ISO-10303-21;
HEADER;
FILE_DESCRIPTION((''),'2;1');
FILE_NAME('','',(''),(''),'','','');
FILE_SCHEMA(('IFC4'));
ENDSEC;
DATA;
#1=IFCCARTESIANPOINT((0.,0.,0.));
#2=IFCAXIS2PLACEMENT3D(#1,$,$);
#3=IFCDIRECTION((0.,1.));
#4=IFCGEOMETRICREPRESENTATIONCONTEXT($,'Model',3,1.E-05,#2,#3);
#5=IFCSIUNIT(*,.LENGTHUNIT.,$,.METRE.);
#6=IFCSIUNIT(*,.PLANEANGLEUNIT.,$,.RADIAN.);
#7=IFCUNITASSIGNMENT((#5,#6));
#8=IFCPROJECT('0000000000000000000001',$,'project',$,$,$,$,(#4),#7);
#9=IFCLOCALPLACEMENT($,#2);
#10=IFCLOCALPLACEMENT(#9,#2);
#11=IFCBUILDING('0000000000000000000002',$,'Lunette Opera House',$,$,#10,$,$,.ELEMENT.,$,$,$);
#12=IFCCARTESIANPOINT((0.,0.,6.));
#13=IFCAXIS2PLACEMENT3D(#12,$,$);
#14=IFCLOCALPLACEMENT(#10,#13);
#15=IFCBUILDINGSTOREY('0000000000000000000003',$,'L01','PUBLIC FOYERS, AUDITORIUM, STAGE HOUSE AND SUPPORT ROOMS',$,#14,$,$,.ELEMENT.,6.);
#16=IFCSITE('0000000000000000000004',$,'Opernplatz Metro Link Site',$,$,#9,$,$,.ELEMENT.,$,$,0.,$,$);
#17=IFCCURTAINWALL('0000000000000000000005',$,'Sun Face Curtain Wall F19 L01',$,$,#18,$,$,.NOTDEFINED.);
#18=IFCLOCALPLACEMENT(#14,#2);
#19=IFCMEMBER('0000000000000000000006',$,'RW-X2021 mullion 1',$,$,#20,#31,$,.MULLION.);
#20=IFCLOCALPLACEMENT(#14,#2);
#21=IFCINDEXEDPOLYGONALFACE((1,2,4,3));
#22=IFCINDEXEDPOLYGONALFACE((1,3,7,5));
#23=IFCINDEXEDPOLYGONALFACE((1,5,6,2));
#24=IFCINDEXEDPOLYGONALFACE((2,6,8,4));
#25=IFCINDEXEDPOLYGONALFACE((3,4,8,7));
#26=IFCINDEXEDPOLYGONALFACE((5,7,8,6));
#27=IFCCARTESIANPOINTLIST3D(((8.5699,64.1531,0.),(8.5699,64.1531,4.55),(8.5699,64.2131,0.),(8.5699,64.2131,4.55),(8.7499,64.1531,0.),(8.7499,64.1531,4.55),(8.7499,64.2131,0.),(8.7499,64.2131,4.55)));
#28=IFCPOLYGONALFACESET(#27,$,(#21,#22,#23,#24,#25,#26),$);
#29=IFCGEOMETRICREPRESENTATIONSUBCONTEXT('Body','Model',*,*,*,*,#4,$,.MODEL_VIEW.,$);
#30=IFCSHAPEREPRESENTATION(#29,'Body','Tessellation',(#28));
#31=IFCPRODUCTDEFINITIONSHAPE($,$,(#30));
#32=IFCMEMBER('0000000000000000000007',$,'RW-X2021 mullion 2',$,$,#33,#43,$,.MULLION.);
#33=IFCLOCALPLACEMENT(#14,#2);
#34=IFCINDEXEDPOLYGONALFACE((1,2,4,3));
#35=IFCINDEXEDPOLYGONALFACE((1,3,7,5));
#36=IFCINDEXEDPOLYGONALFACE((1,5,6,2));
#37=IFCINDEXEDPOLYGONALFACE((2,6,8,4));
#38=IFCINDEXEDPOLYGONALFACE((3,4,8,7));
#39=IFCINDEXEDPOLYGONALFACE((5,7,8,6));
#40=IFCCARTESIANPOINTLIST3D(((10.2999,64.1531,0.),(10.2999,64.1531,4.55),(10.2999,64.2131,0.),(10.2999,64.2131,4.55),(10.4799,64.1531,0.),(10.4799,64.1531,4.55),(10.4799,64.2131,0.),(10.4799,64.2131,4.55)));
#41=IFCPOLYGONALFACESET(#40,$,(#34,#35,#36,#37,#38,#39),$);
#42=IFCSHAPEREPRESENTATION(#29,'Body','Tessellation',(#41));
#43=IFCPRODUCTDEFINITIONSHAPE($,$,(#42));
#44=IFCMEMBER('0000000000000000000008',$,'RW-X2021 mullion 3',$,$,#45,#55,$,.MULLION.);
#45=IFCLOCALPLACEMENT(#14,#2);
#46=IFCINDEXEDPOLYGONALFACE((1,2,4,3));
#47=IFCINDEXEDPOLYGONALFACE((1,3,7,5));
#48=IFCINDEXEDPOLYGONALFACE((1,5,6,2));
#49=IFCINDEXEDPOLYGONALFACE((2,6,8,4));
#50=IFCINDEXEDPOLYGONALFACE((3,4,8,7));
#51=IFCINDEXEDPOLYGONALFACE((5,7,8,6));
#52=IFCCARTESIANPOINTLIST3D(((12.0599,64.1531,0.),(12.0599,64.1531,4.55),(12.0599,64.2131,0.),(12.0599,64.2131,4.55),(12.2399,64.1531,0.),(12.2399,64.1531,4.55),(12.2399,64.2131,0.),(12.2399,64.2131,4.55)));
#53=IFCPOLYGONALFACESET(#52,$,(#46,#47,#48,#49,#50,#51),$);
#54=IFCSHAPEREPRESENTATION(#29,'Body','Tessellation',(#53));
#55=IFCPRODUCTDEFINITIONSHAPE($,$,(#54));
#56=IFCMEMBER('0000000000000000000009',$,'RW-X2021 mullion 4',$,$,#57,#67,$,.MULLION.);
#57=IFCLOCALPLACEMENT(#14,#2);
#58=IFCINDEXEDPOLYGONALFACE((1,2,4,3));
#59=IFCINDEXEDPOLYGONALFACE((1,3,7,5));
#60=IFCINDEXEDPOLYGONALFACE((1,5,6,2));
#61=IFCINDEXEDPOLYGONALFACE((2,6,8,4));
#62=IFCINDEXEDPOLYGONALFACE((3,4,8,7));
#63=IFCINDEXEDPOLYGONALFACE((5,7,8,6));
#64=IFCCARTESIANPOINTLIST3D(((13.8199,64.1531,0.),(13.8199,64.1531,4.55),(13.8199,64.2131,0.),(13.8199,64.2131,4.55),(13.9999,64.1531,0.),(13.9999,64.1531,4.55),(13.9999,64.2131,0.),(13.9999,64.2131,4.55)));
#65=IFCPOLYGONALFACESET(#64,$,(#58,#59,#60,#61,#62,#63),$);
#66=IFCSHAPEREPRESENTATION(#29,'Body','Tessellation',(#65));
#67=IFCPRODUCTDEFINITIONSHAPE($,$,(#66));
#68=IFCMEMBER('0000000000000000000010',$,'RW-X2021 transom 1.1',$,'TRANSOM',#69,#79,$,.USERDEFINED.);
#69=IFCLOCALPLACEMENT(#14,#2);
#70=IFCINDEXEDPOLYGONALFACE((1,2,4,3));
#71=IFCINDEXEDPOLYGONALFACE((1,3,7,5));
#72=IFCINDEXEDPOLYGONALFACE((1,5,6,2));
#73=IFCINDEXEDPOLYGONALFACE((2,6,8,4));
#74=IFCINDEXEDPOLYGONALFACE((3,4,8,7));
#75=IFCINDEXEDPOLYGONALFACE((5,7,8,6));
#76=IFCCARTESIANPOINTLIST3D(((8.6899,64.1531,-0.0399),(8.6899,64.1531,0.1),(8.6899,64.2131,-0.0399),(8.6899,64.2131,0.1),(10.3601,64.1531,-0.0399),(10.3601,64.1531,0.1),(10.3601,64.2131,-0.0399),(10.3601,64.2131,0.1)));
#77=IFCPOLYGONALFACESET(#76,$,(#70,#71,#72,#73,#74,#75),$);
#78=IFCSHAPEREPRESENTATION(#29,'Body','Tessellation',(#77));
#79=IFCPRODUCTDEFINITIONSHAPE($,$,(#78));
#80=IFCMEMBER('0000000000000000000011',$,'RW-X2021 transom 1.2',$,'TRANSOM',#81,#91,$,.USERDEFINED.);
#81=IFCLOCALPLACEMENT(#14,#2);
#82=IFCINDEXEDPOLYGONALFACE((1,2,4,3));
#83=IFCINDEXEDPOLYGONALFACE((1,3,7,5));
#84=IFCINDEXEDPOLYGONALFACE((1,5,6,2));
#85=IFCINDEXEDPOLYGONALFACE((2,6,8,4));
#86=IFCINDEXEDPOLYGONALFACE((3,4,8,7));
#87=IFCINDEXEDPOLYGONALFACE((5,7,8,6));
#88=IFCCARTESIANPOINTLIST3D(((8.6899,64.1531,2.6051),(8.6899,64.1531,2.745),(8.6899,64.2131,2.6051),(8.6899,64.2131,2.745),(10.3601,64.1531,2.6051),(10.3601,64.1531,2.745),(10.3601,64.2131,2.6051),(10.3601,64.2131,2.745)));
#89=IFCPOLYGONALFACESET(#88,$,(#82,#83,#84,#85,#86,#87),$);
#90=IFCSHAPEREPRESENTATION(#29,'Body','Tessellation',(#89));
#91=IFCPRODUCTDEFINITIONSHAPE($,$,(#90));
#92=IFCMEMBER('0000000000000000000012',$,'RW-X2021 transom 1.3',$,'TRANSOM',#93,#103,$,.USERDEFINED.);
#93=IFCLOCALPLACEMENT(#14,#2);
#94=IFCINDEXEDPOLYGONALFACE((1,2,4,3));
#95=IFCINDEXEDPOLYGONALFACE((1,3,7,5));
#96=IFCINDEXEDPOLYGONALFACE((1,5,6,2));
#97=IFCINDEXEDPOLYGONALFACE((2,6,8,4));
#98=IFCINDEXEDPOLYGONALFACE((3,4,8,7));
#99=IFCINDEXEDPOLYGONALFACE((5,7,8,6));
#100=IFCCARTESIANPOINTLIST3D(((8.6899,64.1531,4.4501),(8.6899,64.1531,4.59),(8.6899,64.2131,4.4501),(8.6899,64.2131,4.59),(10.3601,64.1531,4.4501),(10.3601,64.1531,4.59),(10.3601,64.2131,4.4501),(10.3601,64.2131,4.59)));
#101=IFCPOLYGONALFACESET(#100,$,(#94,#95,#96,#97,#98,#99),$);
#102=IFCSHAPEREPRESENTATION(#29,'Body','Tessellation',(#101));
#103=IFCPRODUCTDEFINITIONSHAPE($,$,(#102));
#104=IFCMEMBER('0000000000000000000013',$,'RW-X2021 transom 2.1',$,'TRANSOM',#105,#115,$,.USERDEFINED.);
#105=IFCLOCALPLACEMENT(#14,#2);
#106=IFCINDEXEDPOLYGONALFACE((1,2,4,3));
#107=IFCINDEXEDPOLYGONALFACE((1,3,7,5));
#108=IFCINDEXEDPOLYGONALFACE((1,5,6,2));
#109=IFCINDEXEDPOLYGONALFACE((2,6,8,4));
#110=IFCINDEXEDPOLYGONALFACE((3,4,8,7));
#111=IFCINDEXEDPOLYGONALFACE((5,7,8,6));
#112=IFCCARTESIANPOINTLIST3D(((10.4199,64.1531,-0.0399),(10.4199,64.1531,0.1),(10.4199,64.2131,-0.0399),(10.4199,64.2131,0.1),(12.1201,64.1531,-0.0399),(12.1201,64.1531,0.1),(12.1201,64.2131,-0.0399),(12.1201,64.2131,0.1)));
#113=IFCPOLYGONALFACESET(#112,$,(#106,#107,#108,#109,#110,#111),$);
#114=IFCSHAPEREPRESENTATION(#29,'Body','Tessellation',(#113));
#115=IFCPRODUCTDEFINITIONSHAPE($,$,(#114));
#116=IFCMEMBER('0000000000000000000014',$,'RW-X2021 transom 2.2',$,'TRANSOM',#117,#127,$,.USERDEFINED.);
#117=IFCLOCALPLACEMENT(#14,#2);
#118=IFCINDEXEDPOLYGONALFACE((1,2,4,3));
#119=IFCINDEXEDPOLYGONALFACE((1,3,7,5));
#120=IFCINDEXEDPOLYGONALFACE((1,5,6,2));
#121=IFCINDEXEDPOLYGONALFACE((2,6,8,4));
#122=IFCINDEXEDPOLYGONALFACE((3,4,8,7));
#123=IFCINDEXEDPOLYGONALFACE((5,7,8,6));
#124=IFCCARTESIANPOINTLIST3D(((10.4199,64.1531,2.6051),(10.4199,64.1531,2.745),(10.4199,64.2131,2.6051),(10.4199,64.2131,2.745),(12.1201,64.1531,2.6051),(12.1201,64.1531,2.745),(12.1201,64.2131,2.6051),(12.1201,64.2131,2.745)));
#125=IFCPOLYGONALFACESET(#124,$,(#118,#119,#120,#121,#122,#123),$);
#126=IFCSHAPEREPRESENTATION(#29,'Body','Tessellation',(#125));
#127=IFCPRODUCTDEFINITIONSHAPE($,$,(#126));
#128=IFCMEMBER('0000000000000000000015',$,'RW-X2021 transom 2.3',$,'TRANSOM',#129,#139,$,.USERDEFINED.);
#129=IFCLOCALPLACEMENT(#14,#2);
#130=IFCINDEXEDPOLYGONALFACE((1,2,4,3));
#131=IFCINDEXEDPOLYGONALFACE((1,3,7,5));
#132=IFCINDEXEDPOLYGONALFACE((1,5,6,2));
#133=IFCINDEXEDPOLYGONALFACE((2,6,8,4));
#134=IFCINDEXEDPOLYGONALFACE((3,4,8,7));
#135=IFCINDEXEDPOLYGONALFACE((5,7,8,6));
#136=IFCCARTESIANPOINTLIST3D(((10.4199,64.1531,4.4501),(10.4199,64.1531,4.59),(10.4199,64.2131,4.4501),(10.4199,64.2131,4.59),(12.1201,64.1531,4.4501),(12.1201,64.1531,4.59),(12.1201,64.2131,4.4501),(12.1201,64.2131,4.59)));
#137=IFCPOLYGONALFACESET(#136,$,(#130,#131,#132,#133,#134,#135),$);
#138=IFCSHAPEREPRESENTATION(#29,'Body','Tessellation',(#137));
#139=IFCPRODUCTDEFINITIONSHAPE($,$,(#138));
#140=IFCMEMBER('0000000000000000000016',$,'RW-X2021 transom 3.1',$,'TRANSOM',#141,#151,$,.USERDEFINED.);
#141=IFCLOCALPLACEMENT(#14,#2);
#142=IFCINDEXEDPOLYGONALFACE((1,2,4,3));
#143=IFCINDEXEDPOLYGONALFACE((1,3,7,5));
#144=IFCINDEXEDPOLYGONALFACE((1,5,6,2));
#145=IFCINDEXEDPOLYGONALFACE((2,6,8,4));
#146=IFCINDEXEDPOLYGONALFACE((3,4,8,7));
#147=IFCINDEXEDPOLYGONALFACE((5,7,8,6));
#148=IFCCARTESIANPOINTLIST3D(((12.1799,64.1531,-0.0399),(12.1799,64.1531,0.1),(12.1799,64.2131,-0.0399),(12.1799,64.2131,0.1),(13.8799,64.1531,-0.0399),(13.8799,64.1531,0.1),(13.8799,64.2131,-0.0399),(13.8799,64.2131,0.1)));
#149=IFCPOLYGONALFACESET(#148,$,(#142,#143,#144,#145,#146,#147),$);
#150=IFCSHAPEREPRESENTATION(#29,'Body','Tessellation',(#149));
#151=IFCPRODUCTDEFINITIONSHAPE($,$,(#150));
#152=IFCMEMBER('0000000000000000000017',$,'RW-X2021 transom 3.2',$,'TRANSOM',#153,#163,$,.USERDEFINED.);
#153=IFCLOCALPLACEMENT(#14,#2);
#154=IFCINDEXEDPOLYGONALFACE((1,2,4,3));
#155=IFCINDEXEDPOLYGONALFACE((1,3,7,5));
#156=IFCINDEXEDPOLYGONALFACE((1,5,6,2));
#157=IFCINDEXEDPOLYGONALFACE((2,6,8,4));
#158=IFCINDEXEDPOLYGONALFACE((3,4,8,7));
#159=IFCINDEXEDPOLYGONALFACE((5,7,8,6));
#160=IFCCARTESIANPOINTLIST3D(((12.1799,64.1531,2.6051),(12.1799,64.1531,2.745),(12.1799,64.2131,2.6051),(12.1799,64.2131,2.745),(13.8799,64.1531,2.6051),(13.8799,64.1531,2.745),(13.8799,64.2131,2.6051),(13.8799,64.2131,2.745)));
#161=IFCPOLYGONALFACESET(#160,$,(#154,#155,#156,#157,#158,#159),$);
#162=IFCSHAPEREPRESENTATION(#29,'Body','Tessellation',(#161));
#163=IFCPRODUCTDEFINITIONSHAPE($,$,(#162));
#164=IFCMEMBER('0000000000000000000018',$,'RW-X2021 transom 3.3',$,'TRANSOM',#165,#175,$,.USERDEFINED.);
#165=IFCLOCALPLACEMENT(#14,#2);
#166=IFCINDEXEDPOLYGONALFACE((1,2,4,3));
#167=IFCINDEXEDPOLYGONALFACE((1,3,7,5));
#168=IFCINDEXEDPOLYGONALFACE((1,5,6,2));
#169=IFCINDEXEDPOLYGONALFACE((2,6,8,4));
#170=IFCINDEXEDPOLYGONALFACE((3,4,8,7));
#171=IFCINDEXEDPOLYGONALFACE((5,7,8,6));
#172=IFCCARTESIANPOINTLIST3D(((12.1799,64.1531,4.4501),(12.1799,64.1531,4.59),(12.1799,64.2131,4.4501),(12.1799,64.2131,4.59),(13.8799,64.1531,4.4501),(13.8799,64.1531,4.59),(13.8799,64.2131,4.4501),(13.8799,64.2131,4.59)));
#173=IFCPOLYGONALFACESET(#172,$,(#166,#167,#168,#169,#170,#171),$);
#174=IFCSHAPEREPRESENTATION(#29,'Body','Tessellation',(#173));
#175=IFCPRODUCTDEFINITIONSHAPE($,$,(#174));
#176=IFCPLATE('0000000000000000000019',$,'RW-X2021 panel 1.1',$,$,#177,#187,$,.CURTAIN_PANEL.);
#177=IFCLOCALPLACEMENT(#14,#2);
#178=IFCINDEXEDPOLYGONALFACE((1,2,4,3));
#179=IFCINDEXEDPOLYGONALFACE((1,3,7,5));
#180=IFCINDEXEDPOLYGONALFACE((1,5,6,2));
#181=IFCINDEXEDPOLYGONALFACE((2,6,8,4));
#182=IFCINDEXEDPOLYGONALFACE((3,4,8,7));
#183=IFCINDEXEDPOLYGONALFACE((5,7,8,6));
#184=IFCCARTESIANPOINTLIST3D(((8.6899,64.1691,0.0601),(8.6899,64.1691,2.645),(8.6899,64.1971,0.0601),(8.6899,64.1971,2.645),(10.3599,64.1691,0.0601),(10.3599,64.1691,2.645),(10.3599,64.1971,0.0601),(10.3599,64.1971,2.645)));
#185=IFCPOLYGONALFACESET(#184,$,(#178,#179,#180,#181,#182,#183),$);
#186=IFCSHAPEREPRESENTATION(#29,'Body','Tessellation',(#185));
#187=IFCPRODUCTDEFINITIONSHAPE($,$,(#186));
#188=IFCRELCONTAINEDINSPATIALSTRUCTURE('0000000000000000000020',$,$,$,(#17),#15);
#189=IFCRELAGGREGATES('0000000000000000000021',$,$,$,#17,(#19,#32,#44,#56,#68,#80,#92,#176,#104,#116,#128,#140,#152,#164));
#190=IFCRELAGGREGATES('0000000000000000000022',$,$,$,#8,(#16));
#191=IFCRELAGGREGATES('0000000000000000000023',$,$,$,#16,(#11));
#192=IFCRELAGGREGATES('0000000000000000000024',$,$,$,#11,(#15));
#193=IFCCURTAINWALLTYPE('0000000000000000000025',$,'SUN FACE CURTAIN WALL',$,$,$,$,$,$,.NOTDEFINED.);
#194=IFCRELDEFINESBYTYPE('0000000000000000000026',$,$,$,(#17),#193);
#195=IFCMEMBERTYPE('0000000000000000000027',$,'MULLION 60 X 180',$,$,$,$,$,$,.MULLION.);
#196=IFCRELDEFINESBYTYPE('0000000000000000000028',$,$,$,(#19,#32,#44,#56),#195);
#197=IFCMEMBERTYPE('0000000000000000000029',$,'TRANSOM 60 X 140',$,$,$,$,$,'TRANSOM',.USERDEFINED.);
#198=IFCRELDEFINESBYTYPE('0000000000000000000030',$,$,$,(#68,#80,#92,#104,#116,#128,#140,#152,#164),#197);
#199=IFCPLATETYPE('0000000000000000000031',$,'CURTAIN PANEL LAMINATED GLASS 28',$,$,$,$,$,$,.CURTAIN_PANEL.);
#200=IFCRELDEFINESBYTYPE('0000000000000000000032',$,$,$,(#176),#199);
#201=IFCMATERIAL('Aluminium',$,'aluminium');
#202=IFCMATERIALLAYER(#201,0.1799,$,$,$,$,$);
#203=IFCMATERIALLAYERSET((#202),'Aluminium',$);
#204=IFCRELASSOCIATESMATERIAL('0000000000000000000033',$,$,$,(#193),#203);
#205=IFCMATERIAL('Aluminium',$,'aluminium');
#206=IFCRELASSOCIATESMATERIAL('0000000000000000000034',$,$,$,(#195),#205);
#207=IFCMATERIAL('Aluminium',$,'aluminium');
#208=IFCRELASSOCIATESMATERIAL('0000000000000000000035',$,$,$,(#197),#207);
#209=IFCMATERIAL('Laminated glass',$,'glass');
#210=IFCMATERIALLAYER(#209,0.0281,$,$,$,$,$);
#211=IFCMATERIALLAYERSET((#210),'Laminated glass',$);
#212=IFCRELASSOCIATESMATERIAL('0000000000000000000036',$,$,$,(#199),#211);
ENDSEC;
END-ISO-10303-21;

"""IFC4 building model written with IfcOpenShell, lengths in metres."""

from ifc_helpers import new_model, si_unit, direction, frame, origin, origin_2d, place, context, subcontext, project, spatial, rectangle, extrude, material, layer, layer_set, material_profile, profile_set, type_object, element, aggregate, save


model = new_model("IFC4")

# Units and contexts
model_context = context("Model", 3, precision=1e-05, world=origin(), true_north=direction((0.0, 1.0)))
body_context = subcontext(model_context, "Body", "Model", "MODEL_VIEW")
ifc_project = project(units=[si_unit("LENGTHUNIT", "METRE"), si_unit("PLANEANGLEUNIT", "RADIAN")], contexts=[model_context])

# Site, building, storey
site_placement = place(None, origin())
site = spatial("IfcSite", under=ifc_project, at=site_placement, Name="Opernplatz Metro Link Site", CompositionType="ELEMENT", RefElevation=0.0)
building_placement = place(site_placement, origin())
building = spatial("IfcBuilding", under=site, at=building_placement, Name="Lunette Opera House", CompositionType="ELEMENT")
storey_placement = place(building_placement, frame((0.0, 0.0, 6.0)))
storey = spatial("IfcBuildingStorey", under=building, at=storey_placement, Name="L01", Description="PUBLIC FOYERS, AUDITORIUM, STAGE HOUSE AND SUPPORT ROOMS", CompositionType="ELEMENT", Elevation=6.0)

# Curtain wall, members, plate
ifc_material_1 = material(Name="Aluminium", Category="aluminium")
ifc_layer_1 = layer(ifc_material_1, 0.1799)
ifc_layer_set_1 = layer_set([ifc_layer_1], Name="Aluminium")
curtain_wall_type = type_object("IfcCurtainWallType", Name="SUN FACE CURTAIN WALL", PredefinedType="NOTDEFINED", material=ifc_layer_set_1)
curtain_wall_placement = place(storey_placement, origin())
curtain_wall = element("IfcCurtainWall", 1, at=curtain_wall_placement, inside=storey, type_object=curtain_wall_type, Name="Sun Face Curtain Wall F19 L01", PredefinedType="NOTDEFINED")
ifc_material_2 = material(Name="Aluminium", Category="aluminium")
ifc_material_profile_1 = material_profile(ifc_material_2, rectangle(XDim=0.0601, YDim=0.1799, at=origin_2d()), Name="MULLION 60 X 180")
ifc_profile_set_1 = profile_set([ifc_material_profile_1], Name="Aluminium")
member_type_1 = type_object("IfcMemberType", Name="MULLION 60 X 180", PredefinedType="MULLION", material=ifc_profile_set_1)
member_1_placement = place(storey_placement, frame((8.6599, 64.1831, 0.0), z_axis=(0.0, 0.0, 1.0), x_axis=(0.0, 1.0, 0.0)))
member_1 = element("IfcMember", 2, at=member_1_placement, type_object=member_type_1, Name="RW-X2021 mullion 1", PredefinedType="MULLION", context=body_context, shape_type="SweptSolid", body=[
    extrude(rectangle(XDim=0.0601, YDim=0.1799, at=origin_2d()), origin(), (0.0, 0.0, 1.0), 4.55),
])
member_2_placement = place(storey_placement, frame((10.3899, 64.1831, 0.0), z_axis=(0.0, 0.0, 1.0), x_axis=(0.0, 1.0, 0.0)))
member_2 = element("IfcMember", 3, at=member_2_placement, type_object=member_type_1, Name="RW-X2021 mullion 2", PredefinedType="MULLION", context=body_context, shape_type="SweptSolid", body=[
    extrude(rectangle(XDim=0.0601, YDim=0.1799, at=origin_2d()), origin(), (0.0, 0.0, 1.0), 4.55),
])
member_3_placement = place(storey_placement, frame((12.1499, 64.1831, 0.0), z_axis=(0.0, 0.0, 1.0), x_axis=(0.0, 1.0, 0.0)))
member_3 = element("IfcMember", 4, at=member_3_placement, type_object=member_type_1, Name="RW-X2021 mullion 3", PredefinedType="MULLION", context=body_context, shape_type="SweptSolid", body=[
    extrude(rectangle(XDim=0.0601, YDim=0.1799, at=origin_2d()), origin(), (0.0, 0.0, 1.0), 4.55),
])
member_4_placement = place(storey_placement, frame((13.9099, 64.1831, 0.0), z_axis=(0.0, 0.0, 1.0), x_axis=(0.0, 1.0, 0.0)))
member_4 = element("IfcMember", 5, at=member_4_placement, type_object=member_type_1, Name="RW-X2021 mullion 4", PredefinedType="MULLION", context=body_context, shape_type="SweptSolid", body=[
    extrude(rectangle(XDim=0.0601, YDim=0.1799, at=origin_2d()), origin(), (0.0, 0.0, 1.0), 4.55),
])
ifc_material_3 = material(Name="Aluminium", Category="aluminium")
ifc_material_profile_2 = material_profile(ifc_material_3, rectangle(XDim=0.0601, YDim=0.1399, at=origin_2d()), Name="TRANSOM 60 X 140")
ifc_profile_set_2 = profile_set([ifc_material_profile_2], Name="Aluminium")
member_type_2 = type_object("IfcMemberType", Name="TRANSOM 60 X 140", ElementType="TRANSOM", PredefinedType="USERDEFINED", material=ifc_profile_set_2)
member_5_placement = place(storey_placement, frame((8.6899, 64.1831, 0.03), z_axis=(1.0, 0.0, 0.0), x_axis=(0.0, 1.0, 0.0)))
member_5 = element("IfcMember", 6, at=member_5_placement, type_object=member_type_2, Name="RW-X2021 transom 1.1", ObjectType="TRANSOM", PredefinedType="USERDEFINED", context=body_context, shape_type="SweptSolid", body=[
    extrude(rectangle(XDim=0.0601, YDim=0.1399, at=origin_2d()), origin(), (0.0, 0.0, 1.0), 1.6702),
])
member_6_placement = place(storey_placement, frame((8.6899, 64.1831, 2.675), z_axis=(1.0, 0.0, 0.0), x_axis=(0.0, 1.0, 0.0)))
member_6 = element("IfcMember", 7, at=member_6_placement, type_object=member_type_2, Name="RW-X2021 transom 1.2", ObjectType="TRANSOM", PredefinedType="USERDEFINED", context=body_context, shape_type="SweptSolid", body=[
    extrude(rectangle(XDim=0.0601, YDim=0.1399, at=origin_2d()), origin(), (0.0, 0.0, 1.0), 1.6702),
])
member_7_placement = place(storey_placement, frame((8.6899, 64.1831, 4.52), z_axis=(1.0, 0.0, 0.0), x_axis=(0.0, 1.0, 0.0)))
member_7 = element("IfcMember", 8, at=member_7_placement, type_object=member_type_2, Name="RW-X2021 transom 1.3", ObjectType="TRANSOM", PredefinedType="USERDEFINED", context=body_context, shape_type="SweptSolid", body=[
    extrude(rectangle(XDim=0.0601, YDim=0.1399, at=origin_2d()), origin(), (0.0, 0.0, 1.0), 1.6702),
])
member_8_placement = place(storey_placement, frame((10.4199, 64.1831, 0.03), z_axis=(1.0, 0.0, 0.0), x_axis=(0.0, 1.0, 0.0)))
member_8 = element("IfcMember", 9, at=member_8_placement, type_object=member_type_2, Name="RW-X2021 transom 2.1", ObjectType="TRANSOM", PredefinedType="USERDEFINED", context=body_context, shape_type="SweptSolid", body=[
    extrude(rectangle(XDim=0.0601, YDim=0.1399, at=origin_2d()), origin(), (0.0, 0.0, 1.0), 1.7002),
])
member_9_placement = place(storey_placement, frame((10.4199, 64.1831, 2.675), z_axis=(1.0, 0.0, 0.0), x_axis=(0.0, 1.0, 0.0)))
member_9 = element("IfcMember", 10, at=member_9_placement, type_object=member_type_2, Name="RW-X2021 transom 2.2", ObjectType="TRANSOM", PredefinedType="USERDEFINED", context=body_context, shape_type="SweptSolid", body=[
    extrude(rectangle(XDim=0.0601, YDim=0.1399, at=origin_2d()), origin(), (0.0, 0.0, 1.0), 1.7002),
])
member_10_placement = place(storey_placement, frame((10.4199, 64.1831, 4.52), z_axis=(1.0, 0.0, 0.0), x_axis=(0.0, 1.0, 0.0)))
member_10 = element("IfcMember", 11, at=member_10_placement, type_object=member_type_2, Name="RW-X2021 transom 2.3", ObjectType="TRANSOM", PredefinedType="USERDEFINED", context=body_context, shape_type="SweptSolid", body=[
    extrude(rectangle(XDim=0.0601, YDim=0.1399, at=origin_2d()), origin(), (0.0, 0.0, 1.0), 1.7002),
])
member_11_placement = place(storey_placement, frame((12.1799, 64.1831, 0.03), z_axis=(1.0, 0.0, 0.0), x_axis=(0.0, 1.0, 0.0)))
member_11 = element("IfcMember", 12, at=member_11_placement, type_object=member_type_2, Name="RW-X2021 transom 3.1", ObjectType="TRANSOM", PredefinedType="USERDEFINED", context=body_context, shape_type="SweptSolid", body=[
    extrude(rectangle(XDim=0.0601, YDim=0.1399, at=origin_2d()), origin(), (0.0, 0.0, 1.0), 1.7),
])
member_12_placement = place(storey_placement, frame((12.1799, 64.1831, 2.675), z_axis=(1.0, 0.0, 0.0), x_axis=(0.0, 1.0, 0.0)))
member_12 = element("IfcMember", 13, at=member_12_placement, type_object=member_type_2, Name="RW-X2021 transom 3.2", ObjectType="TRANSOM", PredefinedType="USERDEFINED", context=body_context, shape_type="SweptSolid", body=[
    extrude(rectangle(XDim=0.0601, YDim=0.1399, at=origin_2d()), origin(), (0.0, 0.0, 1.0), 1.7),
])
member_13_placement = place(storey_placement, frame((12.1799, 64.1831, 4.52), z_axis=(1.0, 0.0, 0.0), x_axis=(0.0, 1.0, 0.0)))
member_13 = element("IfcMember", 14, at=member_13_placement, type_object=member_type_2, Name="RW-X2021 transom 3.3", ObjectType="TRANSOM", PredefinedType="USERDEFINED", context=body_context, shape_type="SweptSolid", body=[
    extrude(rectangle(XDim=0.0601, YDim=0.1399, at=origin_2d()), origin(), (0.0, 0.0, 1.0), 1.7),
])
ifc_material_4 = material(Name="Laminated glass", Category="glass")
ifc_layer_2 = layer(ifc_material_4, 0.0281)
ifc_layer_set_2 = layer_set([ifc_layer_2], Name="Laminated glass")
plate_type = type_object("IfcPlateType", Name="CURTAIN PANEL LAMINATED GLASS 28", PredefinedType="CURTAIN_PANEL", material=ifc_layer_set_2)
plate_1_placement = place(storey_placement, frame((9.5249, 64.1831, 0.0601), z_axis=(0.0, 0.0, 1.0), x_axis=(1.0, 0.0, 0.0)))
plate_1 = element("IfcPlate", 15, at=plate_1_placement, type_object=plate_type, Name="RW-X2021 panel 1.1", PredefinedType="CURTAIN_PANEL", context=body_context, shape_type="SweptSolid", body=[
    extrude(rectangle(XDim=1.6699, YDim=0.0281, at=origin_2d()), origin(), (0.0, 0.0, 1.0), 2.585),
])
aggregate(curtain_wall, [member_1, member_2, member_3, member_4, member_5, member_6, member_7, plate_1, member_8, member_9, member_10, member_11, member_12, member_13])

save(model, "model.ifc")
